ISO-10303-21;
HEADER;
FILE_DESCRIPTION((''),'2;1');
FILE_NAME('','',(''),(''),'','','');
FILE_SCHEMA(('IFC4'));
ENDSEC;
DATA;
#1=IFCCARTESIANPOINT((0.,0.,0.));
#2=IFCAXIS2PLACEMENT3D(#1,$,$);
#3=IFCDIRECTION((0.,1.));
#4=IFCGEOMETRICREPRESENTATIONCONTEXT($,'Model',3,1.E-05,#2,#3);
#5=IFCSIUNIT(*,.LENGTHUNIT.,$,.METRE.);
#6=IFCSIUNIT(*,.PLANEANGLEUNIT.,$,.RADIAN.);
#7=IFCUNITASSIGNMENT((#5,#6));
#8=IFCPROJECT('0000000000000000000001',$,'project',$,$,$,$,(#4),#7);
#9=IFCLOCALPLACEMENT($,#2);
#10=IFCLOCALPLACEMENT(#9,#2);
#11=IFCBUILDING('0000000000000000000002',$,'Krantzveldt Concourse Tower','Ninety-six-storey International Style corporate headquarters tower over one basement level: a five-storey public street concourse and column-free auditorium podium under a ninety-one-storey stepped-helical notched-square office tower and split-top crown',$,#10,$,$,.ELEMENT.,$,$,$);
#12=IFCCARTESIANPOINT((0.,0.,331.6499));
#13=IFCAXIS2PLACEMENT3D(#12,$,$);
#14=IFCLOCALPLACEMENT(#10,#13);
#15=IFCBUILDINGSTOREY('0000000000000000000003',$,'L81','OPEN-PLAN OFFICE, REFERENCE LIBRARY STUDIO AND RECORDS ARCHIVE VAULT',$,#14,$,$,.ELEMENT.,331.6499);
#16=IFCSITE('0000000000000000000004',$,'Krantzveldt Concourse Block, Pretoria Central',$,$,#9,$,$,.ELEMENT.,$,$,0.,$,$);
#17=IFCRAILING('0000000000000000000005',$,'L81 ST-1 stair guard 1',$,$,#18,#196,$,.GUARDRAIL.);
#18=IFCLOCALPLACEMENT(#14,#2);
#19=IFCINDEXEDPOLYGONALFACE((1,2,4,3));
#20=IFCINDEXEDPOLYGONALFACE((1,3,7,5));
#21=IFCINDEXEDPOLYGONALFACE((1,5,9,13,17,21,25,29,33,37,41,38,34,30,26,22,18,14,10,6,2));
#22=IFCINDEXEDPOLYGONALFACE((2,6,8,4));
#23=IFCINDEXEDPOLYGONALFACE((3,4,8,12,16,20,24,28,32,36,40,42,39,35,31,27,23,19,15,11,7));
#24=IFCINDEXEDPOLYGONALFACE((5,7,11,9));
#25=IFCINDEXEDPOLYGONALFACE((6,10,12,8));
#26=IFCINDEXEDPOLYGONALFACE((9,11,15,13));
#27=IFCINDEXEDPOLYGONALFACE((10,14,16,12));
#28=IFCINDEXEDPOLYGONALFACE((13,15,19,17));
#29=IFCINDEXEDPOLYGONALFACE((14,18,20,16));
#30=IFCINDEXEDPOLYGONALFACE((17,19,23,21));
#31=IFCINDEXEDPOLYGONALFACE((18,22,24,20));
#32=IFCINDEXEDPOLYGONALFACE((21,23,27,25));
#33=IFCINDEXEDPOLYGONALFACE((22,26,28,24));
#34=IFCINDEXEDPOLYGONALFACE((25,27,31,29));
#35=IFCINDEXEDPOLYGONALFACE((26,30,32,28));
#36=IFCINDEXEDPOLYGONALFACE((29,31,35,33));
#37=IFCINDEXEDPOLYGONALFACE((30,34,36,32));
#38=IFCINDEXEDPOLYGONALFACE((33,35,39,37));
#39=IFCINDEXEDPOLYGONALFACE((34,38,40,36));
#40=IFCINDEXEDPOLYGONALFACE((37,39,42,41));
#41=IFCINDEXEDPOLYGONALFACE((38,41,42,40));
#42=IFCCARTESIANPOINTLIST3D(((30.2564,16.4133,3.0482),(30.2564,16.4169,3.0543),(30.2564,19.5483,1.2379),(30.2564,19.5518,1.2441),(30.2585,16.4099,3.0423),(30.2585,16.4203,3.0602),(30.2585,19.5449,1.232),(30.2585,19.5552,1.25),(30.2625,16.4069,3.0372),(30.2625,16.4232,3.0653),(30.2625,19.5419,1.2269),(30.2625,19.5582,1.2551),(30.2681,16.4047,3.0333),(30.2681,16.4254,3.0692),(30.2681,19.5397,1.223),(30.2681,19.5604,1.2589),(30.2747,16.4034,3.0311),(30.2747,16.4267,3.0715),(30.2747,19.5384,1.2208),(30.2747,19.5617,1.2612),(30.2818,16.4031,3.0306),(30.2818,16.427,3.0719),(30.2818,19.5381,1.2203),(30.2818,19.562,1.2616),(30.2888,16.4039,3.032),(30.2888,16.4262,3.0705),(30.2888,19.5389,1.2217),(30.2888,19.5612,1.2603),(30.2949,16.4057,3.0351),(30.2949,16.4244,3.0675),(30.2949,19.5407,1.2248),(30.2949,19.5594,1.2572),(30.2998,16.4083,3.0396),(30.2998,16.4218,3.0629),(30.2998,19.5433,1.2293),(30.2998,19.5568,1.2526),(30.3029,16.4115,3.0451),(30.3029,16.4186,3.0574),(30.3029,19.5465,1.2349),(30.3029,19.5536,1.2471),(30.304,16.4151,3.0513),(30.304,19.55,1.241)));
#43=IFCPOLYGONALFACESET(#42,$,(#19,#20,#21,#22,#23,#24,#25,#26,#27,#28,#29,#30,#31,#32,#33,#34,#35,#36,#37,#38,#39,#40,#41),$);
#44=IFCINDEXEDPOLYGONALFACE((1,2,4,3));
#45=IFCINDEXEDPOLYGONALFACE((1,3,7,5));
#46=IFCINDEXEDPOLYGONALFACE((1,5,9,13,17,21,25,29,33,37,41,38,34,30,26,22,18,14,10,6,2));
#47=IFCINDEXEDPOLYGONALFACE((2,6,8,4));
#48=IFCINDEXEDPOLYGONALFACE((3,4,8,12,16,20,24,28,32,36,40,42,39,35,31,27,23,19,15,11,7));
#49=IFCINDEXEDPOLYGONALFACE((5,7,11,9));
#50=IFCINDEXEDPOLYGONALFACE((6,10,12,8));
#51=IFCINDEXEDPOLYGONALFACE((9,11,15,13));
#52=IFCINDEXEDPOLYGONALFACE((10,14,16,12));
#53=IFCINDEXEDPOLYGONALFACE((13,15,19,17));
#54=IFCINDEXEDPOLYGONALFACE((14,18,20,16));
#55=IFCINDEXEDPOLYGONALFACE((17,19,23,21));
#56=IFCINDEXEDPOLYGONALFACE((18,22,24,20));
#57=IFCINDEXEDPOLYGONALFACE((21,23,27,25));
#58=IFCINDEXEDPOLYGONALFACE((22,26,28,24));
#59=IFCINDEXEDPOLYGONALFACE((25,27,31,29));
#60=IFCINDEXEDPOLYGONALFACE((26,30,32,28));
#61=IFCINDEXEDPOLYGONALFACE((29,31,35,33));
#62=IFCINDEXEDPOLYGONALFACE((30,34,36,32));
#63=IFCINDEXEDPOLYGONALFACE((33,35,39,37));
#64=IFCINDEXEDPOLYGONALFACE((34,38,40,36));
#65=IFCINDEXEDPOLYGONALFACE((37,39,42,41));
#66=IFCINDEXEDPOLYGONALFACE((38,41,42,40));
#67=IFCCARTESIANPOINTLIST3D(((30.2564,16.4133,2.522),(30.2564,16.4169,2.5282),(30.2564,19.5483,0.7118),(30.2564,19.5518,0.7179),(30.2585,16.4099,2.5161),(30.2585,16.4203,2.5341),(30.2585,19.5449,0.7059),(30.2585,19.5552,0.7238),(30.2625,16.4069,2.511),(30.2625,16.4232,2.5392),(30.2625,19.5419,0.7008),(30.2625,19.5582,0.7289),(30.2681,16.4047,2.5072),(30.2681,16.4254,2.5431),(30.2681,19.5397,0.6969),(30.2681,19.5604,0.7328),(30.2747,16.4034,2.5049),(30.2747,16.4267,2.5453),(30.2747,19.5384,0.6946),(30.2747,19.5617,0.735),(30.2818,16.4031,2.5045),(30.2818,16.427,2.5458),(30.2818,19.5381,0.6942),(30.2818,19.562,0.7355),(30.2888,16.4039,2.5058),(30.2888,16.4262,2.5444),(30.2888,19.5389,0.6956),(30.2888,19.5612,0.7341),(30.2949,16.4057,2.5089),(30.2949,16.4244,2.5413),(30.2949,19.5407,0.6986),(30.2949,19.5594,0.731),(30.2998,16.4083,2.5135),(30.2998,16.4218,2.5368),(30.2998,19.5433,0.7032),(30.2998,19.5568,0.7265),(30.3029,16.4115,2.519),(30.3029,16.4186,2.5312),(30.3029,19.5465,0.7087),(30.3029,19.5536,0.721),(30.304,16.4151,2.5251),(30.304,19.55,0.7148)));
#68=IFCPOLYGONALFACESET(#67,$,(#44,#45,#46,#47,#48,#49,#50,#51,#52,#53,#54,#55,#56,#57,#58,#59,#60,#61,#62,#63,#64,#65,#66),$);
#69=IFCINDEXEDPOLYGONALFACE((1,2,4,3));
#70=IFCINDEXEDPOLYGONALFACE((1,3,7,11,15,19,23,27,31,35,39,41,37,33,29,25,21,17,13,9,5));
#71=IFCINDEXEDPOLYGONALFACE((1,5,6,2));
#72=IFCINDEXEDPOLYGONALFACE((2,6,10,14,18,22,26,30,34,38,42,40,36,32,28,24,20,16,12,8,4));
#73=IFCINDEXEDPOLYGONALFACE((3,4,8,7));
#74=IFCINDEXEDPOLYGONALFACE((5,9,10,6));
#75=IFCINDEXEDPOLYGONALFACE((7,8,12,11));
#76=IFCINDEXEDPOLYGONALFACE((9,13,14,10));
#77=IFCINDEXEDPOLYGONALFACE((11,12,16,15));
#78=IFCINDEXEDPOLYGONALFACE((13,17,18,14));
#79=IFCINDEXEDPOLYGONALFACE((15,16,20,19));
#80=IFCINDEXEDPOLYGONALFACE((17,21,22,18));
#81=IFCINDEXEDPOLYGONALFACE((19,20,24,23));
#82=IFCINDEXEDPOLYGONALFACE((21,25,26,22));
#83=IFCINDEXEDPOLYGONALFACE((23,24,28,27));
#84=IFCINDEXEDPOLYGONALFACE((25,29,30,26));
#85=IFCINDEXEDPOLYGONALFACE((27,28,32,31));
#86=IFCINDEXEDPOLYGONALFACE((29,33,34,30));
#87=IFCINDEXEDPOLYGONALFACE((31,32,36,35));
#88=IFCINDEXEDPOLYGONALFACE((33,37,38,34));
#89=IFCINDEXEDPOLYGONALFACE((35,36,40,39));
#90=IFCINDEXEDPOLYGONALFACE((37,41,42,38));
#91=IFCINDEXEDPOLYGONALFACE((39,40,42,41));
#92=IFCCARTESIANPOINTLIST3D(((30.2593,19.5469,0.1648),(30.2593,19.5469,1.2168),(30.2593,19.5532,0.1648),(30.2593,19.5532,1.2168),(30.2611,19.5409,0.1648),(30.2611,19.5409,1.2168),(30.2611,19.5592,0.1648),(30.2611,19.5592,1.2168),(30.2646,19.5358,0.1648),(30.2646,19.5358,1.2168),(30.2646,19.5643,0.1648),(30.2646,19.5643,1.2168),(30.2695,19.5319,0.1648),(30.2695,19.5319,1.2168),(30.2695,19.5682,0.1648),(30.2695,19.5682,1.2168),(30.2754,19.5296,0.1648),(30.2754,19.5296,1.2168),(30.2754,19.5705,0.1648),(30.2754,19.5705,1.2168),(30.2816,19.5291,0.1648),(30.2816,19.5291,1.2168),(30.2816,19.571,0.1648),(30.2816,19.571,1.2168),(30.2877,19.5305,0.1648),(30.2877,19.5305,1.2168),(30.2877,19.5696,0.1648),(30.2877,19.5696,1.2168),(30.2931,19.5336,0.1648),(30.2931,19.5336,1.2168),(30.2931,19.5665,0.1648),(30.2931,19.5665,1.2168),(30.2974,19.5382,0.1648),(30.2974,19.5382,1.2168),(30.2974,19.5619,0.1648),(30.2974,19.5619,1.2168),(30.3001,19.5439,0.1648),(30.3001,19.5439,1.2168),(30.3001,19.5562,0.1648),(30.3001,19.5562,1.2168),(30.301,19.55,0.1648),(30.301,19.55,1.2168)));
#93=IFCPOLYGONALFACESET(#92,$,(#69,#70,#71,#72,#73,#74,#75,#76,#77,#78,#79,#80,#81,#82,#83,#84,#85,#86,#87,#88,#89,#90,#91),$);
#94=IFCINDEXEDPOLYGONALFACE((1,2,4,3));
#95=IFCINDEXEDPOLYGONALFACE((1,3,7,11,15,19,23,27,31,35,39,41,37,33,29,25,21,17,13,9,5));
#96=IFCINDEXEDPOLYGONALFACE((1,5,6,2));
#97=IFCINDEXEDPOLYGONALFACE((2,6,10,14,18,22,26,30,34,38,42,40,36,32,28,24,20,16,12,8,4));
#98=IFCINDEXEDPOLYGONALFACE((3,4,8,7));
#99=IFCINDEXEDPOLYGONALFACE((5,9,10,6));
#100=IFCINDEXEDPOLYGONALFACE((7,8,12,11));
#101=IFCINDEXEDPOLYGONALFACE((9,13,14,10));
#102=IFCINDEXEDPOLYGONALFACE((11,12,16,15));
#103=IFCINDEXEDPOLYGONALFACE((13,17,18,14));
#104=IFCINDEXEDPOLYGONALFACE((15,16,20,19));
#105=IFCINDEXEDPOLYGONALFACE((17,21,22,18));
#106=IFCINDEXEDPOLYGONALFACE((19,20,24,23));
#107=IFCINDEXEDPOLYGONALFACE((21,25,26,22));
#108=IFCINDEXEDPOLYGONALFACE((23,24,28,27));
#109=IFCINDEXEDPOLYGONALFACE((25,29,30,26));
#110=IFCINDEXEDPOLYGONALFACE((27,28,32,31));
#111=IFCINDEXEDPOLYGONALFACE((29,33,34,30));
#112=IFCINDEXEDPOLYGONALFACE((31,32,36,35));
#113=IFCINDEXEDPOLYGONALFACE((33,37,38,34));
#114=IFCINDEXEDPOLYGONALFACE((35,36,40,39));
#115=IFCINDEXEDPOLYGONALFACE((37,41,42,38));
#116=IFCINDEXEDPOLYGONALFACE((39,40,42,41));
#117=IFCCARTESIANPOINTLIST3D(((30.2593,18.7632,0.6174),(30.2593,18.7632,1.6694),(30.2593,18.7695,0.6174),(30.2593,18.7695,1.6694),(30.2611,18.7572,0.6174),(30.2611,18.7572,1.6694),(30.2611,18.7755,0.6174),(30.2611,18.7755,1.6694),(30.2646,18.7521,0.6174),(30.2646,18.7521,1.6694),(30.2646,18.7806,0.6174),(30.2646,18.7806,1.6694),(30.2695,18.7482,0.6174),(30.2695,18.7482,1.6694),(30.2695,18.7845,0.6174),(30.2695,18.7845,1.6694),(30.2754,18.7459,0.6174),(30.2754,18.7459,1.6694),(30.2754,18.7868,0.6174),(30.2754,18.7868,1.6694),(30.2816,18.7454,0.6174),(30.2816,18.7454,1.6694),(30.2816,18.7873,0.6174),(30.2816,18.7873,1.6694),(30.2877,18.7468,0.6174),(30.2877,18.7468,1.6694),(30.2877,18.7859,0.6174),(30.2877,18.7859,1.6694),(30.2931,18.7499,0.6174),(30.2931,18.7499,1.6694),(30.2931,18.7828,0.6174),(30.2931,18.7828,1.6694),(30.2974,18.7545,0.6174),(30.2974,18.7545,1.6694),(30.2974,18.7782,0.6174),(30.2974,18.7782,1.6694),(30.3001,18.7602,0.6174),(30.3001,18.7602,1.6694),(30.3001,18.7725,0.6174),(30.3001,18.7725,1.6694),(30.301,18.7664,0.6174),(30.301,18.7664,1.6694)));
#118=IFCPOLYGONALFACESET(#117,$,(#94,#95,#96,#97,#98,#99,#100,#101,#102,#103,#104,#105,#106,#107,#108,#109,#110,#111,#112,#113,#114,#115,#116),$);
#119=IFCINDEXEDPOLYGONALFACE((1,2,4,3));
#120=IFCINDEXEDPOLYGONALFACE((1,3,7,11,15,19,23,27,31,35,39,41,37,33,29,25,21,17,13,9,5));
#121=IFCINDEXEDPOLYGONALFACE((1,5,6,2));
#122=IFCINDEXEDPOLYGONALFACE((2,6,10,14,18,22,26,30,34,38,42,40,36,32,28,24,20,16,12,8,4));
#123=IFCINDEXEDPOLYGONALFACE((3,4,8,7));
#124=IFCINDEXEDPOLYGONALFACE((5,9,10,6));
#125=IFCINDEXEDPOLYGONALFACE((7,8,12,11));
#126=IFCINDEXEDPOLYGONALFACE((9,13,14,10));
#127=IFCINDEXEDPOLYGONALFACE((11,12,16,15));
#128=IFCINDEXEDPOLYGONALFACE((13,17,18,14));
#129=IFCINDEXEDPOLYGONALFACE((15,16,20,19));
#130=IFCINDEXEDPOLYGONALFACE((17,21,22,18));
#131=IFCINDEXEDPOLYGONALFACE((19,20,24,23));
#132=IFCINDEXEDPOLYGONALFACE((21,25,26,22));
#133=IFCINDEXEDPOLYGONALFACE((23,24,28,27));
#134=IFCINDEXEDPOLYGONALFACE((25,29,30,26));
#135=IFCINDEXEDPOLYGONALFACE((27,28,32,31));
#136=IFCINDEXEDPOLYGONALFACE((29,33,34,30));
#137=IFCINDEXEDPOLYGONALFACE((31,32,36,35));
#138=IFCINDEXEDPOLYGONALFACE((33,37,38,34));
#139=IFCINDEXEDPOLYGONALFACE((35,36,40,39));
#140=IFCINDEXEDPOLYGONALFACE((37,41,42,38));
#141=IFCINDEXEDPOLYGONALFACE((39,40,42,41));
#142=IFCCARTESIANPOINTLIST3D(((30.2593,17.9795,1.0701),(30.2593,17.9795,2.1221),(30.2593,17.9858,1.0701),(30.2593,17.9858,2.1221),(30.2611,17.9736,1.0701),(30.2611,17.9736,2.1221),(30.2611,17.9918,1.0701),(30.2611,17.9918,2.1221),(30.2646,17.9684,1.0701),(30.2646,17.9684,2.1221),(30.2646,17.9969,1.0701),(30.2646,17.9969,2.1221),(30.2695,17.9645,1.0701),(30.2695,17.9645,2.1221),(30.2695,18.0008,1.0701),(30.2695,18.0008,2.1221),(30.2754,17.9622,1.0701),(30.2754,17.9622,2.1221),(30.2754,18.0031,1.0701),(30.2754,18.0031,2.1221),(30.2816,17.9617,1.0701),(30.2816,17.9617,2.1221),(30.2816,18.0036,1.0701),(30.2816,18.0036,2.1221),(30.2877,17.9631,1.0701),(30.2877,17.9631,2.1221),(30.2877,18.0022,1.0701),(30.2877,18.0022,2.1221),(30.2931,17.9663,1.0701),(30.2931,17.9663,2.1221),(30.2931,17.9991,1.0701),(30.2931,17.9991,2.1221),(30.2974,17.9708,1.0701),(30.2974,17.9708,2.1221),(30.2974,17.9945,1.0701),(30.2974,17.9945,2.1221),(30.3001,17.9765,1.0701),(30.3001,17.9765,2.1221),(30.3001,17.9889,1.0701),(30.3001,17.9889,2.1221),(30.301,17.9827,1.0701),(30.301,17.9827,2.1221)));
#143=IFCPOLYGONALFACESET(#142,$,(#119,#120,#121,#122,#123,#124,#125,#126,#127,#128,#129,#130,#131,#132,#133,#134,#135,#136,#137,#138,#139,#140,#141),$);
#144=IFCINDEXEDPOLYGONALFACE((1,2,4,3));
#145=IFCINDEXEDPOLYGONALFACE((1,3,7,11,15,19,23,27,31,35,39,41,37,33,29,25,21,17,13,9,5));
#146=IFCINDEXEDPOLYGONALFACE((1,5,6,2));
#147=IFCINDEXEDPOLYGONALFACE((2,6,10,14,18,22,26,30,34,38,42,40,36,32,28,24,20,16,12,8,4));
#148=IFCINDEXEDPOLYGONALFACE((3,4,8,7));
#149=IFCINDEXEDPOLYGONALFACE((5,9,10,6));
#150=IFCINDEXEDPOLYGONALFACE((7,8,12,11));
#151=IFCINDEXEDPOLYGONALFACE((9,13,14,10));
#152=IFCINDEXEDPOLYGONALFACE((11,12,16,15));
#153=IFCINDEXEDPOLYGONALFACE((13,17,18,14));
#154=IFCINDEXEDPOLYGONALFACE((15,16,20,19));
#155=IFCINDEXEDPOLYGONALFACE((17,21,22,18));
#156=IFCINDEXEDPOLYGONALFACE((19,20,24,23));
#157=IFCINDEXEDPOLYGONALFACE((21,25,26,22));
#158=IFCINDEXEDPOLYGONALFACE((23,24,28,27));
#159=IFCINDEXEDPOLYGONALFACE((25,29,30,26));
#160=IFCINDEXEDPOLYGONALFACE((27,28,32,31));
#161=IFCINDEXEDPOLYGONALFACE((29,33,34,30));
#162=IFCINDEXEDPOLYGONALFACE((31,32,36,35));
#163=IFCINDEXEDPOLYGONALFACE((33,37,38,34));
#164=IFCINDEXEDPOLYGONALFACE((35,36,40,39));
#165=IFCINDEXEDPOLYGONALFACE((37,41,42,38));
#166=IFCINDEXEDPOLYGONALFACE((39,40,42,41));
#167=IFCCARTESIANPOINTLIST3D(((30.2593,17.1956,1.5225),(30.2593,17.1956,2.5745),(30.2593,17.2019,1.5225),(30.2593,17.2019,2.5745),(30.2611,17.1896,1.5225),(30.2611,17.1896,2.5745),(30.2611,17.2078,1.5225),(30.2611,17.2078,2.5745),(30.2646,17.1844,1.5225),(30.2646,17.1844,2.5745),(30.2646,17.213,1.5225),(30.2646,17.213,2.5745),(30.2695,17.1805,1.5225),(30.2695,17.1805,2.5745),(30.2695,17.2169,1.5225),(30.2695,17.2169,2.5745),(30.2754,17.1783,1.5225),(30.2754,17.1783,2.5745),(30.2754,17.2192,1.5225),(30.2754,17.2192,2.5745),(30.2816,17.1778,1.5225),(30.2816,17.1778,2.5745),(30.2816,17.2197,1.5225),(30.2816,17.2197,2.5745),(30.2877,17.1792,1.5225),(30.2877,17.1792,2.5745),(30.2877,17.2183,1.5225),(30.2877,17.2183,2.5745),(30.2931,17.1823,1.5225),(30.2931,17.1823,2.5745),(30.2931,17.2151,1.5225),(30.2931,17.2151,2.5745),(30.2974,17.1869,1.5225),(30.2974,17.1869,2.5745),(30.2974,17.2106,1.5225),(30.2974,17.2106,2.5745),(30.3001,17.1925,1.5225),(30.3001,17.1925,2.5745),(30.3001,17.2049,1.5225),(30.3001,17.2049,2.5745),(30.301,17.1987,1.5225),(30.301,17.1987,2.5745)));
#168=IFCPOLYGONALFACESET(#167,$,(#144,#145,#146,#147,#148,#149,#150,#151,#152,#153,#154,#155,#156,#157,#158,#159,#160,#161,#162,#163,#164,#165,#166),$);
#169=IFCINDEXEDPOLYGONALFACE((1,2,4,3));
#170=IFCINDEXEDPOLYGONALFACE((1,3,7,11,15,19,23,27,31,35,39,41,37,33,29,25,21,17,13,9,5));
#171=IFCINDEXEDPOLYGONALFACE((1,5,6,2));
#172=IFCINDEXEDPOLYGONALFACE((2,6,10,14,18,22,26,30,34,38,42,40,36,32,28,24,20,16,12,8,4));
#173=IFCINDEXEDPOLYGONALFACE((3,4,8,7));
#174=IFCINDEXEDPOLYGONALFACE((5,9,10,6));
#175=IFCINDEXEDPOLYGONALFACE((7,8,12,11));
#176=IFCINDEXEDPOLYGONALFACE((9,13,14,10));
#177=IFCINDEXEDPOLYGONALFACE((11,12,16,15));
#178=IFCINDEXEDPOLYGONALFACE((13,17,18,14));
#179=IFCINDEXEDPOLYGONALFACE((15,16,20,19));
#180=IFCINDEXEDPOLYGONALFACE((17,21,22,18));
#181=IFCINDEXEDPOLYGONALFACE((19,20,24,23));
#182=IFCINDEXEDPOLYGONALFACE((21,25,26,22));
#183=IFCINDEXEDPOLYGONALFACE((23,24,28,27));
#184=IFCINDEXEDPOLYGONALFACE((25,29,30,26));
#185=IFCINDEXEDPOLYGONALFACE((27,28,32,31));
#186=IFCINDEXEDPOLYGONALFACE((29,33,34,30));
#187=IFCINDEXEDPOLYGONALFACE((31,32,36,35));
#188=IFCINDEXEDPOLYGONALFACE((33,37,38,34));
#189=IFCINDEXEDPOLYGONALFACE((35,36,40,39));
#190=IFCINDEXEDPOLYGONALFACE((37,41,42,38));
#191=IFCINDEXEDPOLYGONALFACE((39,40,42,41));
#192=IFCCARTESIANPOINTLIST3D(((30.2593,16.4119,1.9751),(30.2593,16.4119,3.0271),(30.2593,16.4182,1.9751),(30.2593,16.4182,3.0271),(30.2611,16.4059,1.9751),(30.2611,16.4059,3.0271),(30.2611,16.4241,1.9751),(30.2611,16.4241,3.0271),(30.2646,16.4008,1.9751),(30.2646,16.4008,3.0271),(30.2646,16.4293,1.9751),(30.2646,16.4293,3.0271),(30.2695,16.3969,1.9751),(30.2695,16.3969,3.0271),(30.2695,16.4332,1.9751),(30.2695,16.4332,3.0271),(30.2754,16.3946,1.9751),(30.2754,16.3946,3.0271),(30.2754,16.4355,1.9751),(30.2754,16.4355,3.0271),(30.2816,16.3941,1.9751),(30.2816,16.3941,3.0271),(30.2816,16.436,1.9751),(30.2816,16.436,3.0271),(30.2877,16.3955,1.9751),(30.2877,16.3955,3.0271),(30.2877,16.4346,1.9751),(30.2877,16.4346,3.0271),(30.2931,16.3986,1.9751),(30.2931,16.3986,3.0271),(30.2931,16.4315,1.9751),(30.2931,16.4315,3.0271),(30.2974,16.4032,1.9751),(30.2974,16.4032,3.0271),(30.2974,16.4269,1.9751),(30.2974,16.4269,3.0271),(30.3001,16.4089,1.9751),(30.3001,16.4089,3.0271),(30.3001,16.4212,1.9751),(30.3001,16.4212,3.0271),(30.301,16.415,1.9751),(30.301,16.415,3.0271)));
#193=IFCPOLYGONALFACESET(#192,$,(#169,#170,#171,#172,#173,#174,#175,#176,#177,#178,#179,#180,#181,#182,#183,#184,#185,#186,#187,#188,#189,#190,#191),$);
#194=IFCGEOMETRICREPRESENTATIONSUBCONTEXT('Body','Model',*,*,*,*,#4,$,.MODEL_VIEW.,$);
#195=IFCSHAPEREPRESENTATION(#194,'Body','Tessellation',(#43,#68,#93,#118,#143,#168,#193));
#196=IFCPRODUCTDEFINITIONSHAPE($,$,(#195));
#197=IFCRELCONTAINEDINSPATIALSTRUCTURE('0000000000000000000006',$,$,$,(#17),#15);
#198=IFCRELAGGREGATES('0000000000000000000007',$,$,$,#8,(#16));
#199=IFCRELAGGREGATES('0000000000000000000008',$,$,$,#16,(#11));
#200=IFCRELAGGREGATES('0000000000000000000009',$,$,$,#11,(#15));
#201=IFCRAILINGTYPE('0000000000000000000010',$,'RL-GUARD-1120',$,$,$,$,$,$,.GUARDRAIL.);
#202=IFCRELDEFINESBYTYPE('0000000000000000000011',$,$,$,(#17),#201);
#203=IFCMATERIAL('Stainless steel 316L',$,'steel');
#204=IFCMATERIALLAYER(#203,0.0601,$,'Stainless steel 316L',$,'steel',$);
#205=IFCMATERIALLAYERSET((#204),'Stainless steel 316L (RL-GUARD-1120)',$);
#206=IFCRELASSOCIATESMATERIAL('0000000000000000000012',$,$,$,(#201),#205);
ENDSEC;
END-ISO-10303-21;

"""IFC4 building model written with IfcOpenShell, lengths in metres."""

from ifc_helpers import new_model, si_unit, direction, frame, origin, origin_2d, place, context, subcontext, project, spatial, circle, extrude, material, layer, layer_set, type_object, element, save


model = new_model("IFC4")

# Units and contexts
model_context = context("Model", 3, precision=1e-05, world=origin(), true_north=direction((0.0, 1.0)))
body_context = subcontext(model_context, "Body", "Model", "MODEL_VIEW")
ifc_project = project(units=[si_unit("LENGTHUNIT", "METRE"), si_unit("PLANEANGLEUNIT", "RADIAN")], contexts=[model_context])

# Site, building, storey
site_placement = place(None, origin())
site = spatial("IfcSite", under=ifc_project, at=site_placement, Name="Krantzveldt Concourse Block, Pretoria Central", CompositionType="ELEMENT", RefElevation=0.0)
building_placement = place(site_placement, origin())
building = spatial("IfcBuilding", under=site, at=building_placement, Name="Krantzveldt Concourse Tower", Description="Ninety-six-storey International Style corporate headquarters tower over one basement level: a five-storey public street concourse and column-free auditorium podium under a ninety-one-storey stepped-helical notched-square office tower and split-top crown", CompositionType="ELEMENT")
storey_placement = place(building_placement, frame((0.0, 0.0, 331.6499)))
storey = spatial("IfcBuildingStorey", under=building, at=storey_placement, Name="L81", Description="OPEN-PLAN OFFICE, REFERENCE LIBRARY STUDIO AND RECORDS ARCHIVE VAULT", CompositionType="ELEMENT", Elevation=331.6499)

# Shared definitions
ifc_material_1 = material(Name="Stainless steel 316L", Category="steel")

# Railing
ifc_layer_1 = layer(ifc_material_1, 0.0601, Name="Stainless steel 316L", Category="steel")
ifc_layer_set_1 = layer_set([ifc_layer_1], Name="Stainless steel 316L (RL-GUARD-1120)")
railing_type_1 = type_object("IfcRailingType", Name="RL-GUARD-1120", PredefinedType="GUARDRAIL", material=ifc_layer_set_1)
railing_1_placement = place(storey_placement, frame((30.28, 19.55, 0.1648)))
element("IfcRailing", 1, at=railing_1_placement, inside=storey, type_object=railing_type_1, Name="L81 ST-1 stair guard 1", PredefinedType="GUARDRAIL", context=body_context, shape_type="SweptSolid", body=[
    extrude(circle(Radius=0.0239, at=origin_2d()), frame((0.0, 0.0, 1.0762), z_axis=(0.0, -0.865989, 0.500063), x_axis=(1.0, 0.0, 0.0)), (0.0, 0.0, 1.0), 3.6201),
    extrude(circle(Radius=0.0239, at=origin_2d()), frame((0.0, 0.0, 0.55), z_axis=(0.0, -0.865989, 0.500063), x_axis=(1.0, 0.0, 0.0)), (0.0, 0.0, 1.0), 3.6201),
    extrude(circle(Radius=0.021, at=origin_2d()), origin(), (0.0, 0.0, 1.0), 1.052),
    extrude(circle(Radius=0.021, at=origin_2d()), frame((0.0, -0.7837, 0.4526)), (0.0, 0.0, 1.0), 1.052),
    extrude(circle(Radius=0.021, at=origin_2d()), frame((0.0, -1.5674, 0.9053)), (0.0, 0.0, 1.0), 1.052),
    extrude(circle(Radius=0.021, at=origin_2d()), frame((0.0, -2.3513, 1.3577)), (0.0, 0.0, 1.0), 1.052),
    extrude(circle(Radius=0.021, at=origin_2d()), frame((0.0, -3.135, 1.8103)), (0.0, 0.0, 1.0), 1.052),
])

save(model, "model.ifc")
